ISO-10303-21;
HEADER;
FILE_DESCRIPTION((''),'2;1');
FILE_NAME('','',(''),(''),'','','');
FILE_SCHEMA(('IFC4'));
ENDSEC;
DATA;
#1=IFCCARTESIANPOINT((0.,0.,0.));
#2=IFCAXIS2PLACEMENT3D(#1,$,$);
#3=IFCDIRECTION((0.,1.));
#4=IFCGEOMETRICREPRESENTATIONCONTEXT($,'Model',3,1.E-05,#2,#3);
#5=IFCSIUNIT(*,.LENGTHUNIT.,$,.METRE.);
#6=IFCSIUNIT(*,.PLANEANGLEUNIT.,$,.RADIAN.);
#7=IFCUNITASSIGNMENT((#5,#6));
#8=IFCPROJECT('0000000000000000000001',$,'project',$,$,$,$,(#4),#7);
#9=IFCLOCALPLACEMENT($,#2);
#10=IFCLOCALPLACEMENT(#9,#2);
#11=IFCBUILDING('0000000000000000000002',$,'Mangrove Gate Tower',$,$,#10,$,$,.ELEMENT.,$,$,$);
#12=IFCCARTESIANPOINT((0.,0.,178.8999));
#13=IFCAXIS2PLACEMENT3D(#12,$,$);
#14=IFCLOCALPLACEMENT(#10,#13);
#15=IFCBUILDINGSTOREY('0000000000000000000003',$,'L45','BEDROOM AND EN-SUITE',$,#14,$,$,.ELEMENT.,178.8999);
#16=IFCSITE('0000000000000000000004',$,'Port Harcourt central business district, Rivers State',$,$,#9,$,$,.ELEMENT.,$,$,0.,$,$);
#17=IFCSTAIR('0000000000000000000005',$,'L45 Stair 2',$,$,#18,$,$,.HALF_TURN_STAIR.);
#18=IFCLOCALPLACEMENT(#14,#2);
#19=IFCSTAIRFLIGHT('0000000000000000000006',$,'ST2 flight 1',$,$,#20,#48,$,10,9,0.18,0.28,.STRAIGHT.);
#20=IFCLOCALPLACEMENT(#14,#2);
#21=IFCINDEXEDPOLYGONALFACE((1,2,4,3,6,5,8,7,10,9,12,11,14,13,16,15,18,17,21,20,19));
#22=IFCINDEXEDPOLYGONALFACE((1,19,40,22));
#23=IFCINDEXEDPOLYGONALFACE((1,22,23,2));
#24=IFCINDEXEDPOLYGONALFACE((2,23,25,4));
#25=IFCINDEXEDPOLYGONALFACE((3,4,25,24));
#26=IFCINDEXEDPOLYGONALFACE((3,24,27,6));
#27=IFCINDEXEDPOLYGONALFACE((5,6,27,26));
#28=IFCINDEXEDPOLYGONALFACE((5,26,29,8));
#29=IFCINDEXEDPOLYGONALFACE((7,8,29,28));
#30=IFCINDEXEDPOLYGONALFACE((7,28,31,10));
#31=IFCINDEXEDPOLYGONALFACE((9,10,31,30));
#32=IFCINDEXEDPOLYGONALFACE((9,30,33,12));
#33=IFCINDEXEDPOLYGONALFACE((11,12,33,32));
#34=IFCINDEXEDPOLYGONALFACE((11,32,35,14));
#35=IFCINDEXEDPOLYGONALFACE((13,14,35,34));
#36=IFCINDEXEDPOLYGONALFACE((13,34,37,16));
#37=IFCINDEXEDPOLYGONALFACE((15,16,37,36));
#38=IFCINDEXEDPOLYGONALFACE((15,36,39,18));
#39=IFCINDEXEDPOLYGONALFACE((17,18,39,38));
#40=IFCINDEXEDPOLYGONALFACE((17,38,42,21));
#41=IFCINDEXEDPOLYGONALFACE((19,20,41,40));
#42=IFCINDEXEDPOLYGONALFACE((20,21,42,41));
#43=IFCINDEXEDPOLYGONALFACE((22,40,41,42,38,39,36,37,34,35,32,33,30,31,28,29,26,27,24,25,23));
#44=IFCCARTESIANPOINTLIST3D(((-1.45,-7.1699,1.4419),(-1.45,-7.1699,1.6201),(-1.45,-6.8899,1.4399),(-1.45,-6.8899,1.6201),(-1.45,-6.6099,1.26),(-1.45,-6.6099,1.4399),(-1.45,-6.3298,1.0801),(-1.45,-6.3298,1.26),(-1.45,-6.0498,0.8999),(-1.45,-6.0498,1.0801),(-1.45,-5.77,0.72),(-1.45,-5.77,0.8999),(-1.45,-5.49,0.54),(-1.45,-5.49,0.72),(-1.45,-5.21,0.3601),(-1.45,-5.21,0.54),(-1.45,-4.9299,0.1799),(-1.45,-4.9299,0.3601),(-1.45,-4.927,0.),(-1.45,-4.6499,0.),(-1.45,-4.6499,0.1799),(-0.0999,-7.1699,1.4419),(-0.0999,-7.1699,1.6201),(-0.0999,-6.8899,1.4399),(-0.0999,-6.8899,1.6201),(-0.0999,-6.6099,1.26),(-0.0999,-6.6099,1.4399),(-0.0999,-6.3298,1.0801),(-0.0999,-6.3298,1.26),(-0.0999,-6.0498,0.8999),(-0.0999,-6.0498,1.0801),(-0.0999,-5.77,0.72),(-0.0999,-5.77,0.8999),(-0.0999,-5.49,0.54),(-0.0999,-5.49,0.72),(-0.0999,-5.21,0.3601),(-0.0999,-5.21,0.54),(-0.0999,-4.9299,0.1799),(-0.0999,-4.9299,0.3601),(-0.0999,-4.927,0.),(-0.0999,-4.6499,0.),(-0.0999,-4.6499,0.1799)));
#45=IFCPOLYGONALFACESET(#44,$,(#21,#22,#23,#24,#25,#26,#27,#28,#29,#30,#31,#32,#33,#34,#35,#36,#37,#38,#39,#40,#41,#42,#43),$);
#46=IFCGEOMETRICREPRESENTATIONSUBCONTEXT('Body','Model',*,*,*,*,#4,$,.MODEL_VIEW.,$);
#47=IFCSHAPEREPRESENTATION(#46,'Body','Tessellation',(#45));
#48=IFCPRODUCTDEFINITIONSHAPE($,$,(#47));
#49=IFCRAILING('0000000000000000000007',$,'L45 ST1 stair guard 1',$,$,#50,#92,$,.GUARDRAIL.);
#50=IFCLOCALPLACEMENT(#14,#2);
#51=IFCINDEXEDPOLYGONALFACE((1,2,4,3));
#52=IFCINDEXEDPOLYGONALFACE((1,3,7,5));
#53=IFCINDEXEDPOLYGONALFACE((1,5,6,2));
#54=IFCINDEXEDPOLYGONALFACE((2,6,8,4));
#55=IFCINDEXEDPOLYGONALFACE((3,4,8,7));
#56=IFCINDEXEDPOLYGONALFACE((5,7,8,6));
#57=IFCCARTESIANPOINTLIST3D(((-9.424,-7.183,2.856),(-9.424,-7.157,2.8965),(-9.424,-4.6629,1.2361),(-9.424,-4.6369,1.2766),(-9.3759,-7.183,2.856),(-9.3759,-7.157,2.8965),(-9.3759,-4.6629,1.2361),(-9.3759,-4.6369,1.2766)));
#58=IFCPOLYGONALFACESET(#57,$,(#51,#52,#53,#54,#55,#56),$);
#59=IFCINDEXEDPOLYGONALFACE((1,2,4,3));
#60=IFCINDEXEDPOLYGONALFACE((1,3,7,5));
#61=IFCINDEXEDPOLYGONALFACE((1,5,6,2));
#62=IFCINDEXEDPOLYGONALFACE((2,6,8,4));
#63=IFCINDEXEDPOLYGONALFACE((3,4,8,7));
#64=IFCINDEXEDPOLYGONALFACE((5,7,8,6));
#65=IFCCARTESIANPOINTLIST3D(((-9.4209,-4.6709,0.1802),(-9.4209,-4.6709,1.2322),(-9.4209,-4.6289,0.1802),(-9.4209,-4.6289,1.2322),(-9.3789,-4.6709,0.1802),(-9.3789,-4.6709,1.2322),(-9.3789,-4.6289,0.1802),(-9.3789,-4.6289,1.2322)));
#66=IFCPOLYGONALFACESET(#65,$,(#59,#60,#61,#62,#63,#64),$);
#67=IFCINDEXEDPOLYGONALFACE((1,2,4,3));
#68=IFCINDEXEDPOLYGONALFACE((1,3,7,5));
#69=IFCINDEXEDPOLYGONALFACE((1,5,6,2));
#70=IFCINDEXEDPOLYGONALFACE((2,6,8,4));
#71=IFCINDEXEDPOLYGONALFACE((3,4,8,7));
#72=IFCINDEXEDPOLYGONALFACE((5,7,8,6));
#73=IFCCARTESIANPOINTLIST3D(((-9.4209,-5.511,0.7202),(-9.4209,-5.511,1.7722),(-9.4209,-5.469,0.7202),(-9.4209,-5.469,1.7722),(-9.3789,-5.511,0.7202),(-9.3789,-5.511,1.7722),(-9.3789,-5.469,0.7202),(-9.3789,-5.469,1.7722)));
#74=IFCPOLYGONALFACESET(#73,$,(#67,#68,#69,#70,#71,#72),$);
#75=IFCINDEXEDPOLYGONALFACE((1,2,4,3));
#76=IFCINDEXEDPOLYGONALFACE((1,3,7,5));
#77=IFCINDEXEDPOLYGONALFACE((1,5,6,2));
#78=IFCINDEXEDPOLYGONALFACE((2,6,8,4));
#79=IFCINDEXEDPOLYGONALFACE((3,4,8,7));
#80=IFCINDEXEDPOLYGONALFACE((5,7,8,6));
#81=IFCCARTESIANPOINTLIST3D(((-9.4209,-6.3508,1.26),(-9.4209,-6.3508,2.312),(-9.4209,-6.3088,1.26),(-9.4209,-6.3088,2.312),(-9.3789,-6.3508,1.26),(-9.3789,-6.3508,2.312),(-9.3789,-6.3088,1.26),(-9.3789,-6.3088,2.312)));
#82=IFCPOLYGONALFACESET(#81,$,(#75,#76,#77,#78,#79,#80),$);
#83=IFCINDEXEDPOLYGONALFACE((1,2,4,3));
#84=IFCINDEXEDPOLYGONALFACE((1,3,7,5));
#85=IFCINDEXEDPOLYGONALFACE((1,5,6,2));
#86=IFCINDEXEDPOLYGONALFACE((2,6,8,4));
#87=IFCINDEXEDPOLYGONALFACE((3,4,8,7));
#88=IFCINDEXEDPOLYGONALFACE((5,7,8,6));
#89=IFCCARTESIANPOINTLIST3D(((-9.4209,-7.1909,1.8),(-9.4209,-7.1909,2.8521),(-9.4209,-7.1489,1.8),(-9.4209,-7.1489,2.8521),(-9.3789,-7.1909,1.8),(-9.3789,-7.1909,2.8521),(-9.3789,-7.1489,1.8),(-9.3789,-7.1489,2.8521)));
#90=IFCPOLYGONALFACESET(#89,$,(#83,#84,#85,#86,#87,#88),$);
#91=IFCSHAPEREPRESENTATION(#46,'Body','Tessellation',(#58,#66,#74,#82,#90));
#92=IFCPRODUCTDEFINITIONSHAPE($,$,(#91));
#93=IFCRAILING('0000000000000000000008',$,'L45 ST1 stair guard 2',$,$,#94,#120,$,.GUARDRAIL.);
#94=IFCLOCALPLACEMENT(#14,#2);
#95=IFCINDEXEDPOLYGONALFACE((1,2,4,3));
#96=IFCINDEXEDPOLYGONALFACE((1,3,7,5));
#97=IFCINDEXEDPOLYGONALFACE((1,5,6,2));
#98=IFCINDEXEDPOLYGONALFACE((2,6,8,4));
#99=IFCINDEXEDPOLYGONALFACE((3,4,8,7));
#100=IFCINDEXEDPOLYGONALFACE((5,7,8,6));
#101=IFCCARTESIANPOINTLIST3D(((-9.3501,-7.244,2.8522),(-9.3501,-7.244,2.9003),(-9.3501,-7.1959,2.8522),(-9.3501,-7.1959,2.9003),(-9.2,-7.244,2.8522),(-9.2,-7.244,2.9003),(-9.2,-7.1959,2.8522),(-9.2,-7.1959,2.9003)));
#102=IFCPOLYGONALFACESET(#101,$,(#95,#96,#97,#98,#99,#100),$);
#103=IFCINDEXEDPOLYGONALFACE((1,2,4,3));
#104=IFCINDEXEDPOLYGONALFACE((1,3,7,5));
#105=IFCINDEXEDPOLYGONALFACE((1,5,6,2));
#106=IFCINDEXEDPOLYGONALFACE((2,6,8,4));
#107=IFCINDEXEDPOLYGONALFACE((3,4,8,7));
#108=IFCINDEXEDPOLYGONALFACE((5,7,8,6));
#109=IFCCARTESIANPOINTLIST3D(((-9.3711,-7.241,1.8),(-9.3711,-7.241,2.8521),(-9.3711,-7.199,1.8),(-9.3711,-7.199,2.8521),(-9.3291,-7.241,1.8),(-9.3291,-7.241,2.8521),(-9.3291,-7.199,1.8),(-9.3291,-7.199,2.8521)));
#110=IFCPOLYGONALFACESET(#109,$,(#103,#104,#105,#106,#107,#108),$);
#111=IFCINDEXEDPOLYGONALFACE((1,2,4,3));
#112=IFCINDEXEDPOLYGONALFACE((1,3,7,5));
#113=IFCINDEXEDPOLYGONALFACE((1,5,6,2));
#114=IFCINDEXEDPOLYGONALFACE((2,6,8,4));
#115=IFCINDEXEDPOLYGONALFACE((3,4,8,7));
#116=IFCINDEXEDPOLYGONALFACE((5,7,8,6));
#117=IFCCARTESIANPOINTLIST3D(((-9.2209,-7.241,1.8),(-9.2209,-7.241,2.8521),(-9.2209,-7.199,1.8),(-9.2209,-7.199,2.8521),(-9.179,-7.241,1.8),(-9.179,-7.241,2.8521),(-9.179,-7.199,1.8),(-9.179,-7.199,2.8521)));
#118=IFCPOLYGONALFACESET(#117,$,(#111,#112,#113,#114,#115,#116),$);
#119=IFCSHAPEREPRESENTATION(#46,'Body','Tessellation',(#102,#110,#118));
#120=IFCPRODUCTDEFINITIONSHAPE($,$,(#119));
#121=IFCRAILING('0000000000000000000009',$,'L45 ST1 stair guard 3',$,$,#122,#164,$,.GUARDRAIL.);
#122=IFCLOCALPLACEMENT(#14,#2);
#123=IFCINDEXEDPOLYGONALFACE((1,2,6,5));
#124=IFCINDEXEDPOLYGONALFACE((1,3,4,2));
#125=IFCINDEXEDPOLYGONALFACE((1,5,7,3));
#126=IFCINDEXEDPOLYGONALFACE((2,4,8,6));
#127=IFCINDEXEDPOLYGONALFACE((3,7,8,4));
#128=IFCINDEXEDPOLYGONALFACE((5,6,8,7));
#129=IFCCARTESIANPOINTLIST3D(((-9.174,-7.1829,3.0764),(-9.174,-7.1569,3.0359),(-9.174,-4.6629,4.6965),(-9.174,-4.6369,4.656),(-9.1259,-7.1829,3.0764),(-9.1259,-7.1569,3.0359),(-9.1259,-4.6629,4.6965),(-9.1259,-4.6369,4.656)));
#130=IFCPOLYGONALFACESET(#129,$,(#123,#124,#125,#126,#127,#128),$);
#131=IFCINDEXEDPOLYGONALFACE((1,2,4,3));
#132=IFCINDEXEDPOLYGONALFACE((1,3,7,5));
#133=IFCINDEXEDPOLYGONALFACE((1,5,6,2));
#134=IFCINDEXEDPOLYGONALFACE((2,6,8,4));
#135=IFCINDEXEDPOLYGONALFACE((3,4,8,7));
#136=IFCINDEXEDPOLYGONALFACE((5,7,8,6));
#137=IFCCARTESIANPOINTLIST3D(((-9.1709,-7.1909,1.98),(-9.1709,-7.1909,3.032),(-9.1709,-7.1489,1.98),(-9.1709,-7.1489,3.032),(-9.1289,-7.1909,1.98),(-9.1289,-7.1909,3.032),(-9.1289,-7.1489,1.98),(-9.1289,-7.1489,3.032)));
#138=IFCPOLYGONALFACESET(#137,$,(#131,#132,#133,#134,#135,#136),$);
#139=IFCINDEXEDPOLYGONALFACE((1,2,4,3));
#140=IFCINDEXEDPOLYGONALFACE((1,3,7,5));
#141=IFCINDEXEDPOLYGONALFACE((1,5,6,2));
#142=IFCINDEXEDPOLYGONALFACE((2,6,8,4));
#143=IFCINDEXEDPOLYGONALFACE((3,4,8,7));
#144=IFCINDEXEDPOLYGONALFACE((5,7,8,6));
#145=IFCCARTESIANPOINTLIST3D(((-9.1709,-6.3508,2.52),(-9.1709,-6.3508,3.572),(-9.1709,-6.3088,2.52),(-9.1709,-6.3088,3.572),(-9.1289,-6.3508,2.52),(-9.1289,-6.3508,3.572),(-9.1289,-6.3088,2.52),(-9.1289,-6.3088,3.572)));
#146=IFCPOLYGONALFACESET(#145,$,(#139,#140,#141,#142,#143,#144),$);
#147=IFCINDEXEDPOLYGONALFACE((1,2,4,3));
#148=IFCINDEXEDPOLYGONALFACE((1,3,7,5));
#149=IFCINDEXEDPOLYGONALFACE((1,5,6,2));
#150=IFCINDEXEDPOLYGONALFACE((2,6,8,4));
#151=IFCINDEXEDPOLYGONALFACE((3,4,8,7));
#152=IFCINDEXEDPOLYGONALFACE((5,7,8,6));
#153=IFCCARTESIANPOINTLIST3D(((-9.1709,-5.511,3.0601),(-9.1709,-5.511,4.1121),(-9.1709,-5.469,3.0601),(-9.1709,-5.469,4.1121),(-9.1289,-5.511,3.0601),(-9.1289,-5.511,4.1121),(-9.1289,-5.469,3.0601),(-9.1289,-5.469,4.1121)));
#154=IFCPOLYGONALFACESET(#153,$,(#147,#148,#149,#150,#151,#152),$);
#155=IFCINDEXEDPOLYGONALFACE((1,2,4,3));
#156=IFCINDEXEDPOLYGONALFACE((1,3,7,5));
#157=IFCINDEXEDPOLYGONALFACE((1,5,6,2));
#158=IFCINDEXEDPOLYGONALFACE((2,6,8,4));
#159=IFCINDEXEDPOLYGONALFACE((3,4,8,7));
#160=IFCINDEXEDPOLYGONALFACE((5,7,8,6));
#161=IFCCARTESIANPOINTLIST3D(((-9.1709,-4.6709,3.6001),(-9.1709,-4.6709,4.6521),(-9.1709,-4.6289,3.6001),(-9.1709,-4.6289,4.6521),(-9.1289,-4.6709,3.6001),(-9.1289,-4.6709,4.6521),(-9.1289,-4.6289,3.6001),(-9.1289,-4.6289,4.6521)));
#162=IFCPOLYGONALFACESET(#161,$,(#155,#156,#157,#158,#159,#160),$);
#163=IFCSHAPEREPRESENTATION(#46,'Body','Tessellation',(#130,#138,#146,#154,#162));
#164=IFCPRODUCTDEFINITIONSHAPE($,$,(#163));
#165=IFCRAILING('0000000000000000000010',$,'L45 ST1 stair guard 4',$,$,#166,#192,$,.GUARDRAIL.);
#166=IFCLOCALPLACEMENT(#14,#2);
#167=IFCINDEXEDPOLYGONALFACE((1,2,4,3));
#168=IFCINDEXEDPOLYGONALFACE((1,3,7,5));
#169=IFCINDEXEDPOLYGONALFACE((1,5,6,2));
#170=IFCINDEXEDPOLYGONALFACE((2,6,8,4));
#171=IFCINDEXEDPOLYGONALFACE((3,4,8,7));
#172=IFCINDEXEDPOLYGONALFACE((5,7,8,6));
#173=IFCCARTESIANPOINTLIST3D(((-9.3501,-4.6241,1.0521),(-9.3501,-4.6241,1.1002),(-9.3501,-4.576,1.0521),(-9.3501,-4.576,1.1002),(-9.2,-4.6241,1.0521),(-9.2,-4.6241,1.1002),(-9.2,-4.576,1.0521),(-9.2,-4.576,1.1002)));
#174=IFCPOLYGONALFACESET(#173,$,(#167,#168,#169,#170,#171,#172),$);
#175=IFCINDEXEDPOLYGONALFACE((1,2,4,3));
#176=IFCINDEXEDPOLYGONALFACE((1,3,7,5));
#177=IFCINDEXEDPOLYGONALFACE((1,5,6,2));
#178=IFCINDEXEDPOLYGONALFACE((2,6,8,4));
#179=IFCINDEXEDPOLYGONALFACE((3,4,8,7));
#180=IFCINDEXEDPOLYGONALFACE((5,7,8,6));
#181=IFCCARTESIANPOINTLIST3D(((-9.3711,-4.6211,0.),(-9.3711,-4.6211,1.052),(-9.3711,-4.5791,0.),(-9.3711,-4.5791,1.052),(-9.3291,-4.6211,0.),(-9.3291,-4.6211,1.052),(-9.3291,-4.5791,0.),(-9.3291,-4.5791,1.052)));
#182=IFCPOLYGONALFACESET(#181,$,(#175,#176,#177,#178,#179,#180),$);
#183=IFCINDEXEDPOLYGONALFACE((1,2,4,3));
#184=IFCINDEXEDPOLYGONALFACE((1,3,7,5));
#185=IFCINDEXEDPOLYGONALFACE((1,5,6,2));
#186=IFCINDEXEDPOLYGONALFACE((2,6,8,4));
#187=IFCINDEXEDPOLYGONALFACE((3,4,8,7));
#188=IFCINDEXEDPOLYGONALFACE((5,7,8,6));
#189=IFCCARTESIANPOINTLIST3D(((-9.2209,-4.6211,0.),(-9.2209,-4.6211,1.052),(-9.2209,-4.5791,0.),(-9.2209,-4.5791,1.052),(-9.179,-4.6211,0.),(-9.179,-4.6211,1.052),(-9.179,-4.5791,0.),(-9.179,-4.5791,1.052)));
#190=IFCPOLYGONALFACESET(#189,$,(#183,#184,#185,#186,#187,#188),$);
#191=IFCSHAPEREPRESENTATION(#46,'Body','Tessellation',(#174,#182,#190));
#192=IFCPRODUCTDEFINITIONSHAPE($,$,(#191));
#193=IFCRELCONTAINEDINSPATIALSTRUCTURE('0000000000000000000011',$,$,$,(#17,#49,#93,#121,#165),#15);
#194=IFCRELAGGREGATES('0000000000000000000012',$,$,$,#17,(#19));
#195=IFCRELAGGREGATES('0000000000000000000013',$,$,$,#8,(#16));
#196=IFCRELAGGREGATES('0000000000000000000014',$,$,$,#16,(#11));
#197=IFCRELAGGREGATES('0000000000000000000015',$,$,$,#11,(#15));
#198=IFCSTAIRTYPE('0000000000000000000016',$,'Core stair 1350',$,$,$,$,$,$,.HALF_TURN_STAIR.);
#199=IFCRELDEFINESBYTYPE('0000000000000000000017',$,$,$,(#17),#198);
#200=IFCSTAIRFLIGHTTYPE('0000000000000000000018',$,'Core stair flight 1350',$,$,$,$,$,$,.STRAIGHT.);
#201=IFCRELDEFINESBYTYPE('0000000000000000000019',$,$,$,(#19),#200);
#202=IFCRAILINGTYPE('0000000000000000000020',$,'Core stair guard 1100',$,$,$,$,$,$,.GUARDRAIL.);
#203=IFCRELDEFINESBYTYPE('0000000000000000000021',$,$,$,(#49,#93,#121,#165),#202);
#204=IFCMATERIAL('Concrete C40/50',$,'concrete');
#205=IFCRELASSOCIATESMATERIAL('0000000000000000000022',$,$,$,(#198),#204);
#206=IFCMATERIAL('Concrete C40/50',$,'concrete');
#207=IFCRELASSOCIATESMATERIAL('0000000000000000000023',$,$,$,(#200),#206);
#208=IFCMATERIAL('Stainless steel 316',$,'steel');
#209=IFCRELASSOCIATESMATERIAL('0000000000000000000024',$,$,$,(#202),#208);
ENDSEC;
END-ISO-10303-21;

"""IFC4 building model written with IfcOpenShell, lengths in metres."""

from ifc_helpers import new_model, si_unit, direction, frame, origin, origin_2d, place, context, subcontext, project, spatial, polyline, rectangle, outline, extrude, material, type_object, element, aggregate, save


model = new_model("IFC4")

# Units and contexts
model_context = context("Model", 3, precision=1e-05, world=origin(), true_north=direction((0.0, 1.0)))
body_context = subcontext(model_context, "Body", "Model", "MODEL_VIEW")
ifc_project = project(units=[si_unit("LENGTHUNIT", "METRE"), si_unit("PLANEANGLEUNIT", "RADIAN")], contexts=[model_context])

# Site, building, storey
site_placement = place(None, origin())
site = spatial("IfcSite", under=ifc_project, at=site_placement, Name="Port Harcourt central business district, Rivers State", CompositionType="ELEMENT", RefElevation=0.0)
building_placement = place(site_placement, origin())
building = spatial("IfcBuilding", under=site, at=building_placement, Name="Mangrove Gate Tower", CompositionType="ELEMENT")
storey_placement = place(building_placement, frame((0.0, 0.0, 178.8999)))
storey = spatial("IfcBuildingStorey", under=building, at=storey_placement, Name="L45", Description="BEDROOM AND EN-SUITE", CompositionType="ELEMENT", Elevation=178.8999)

# Shared definitions
ifc_material_1 = material(Name="Concrete C40/50", Category="concrete")
stair_type = type_object("IfcStairType", Name="Core stair 1350", PredefinedType="HALF_TURN_STAIR", material=ifc_material_1)
ifc_material_2 = material(Name="Concrete C40/50", Category="concrete")
stair_flight_type = type_object("IfcStairFlightType", Name="Core stair flight 1350", PredefinedType="STRAIGHT", material=ifc_material_2)

# Stair, stair flight
stair_1_placement = place(storey_placement, origin())
stair_1 = element("IfcStair", 1, at=stair_1_placement, inside=storey, type_object=stair_type, Name="L45 Stair 2", PredefinedType="HALF_TURN_STAIR")
stair_flight_1_placement = place(storey_placement, frame((-0.7749, -4.6499, 0.0), z_axis=(0.0, 0.0, 1.0), x_axis=(0.0, -1.0, 0.0)))
stair_flight_1 = element("IfcStairFlight", 2, at=stair_flight_1_placement, type_object=stair_flight_type, Name="ST2 flight 1", NumberOfRisers=10, NumberOfTreads=9, PredefinedType="STRAIGHT", RiserHeight=0.18, TreadLength=0.28, context=body_context, shape_type="SweptSolid", body=[
    extrude(outline(polyline([(0.0, 0.0), (0.0, 0.1799), (0.28, 0.1799), (0.28, 0.3601), (0.5601, 0.3601), (0.5601, 0.54), (0.8401, 0.54), (0.8401, 0.72), (1.1201, 0.72), (1.1201, 0.8999), (1.3999, 0.8999), (1.3999, 1.0801), (1.6799, 1.0801), (1.6799, 1.26), (1.96, 1.26), (1.96, 1.4399), (2.24, 1.4399), (2.24, 1.6201), (2.52, 1.6201), (2.52, 1.8), (2.52, 1.4419), (0.2771, 0.0), (0.0, 0.0)])), frame((0.0, 0.675, 0.0), z_axis=(0.0, -1.0, 0.0), x_axis=(1.0, 0.0, 0.0)), (0.0, 0.0, 1.0), 1.3501),
])
aggregate(stair_1, [stair_flight_1])

# Railings
ifc_material_3 = material(Name="Stainless steel 316", Category="steel")
railing_type_1 = type_object("IfcRailingType", Name="Core stair guard 1100", PredefinedType="GUARDRAIL", material=ifc_material_3)
railing_1_placement = place(storey_placement, frame((-9.3999, -4.6499, 0.1802)))
element("IfcRailing", 3, at=railing_1_placement, inside=storey, type_object=railing_type_1, Name="L45 ST1 stair guard 1", PredefinedType="GUARDRAIL", context=body_context, shape_type="SweptSolid", body=[
    extrude(rectangle(XDim=0.0481, YDim=0.0481, at=origin_2d()), frame((0.0, 0.0, 1.0762), z_axis=(0.0, -0.8412, 0.540725), x_axis=(1.0, 0.0, 0.0)), (0.0, 0.0, 1.0), 2.9958),
    extrude(rectangle(XDim=0.042, YDim=0.042, at=origin_2d()), origin(), (0.0, 0.0, 1.0), 1.052),
    extrude(rectangle(XDim=0.042, YDim=0.042, at=origin_2d()), frame((0.0, -0.8401, 0.54)), (0.0, 0.0, 1.0), 1.052),
    extrude(rectangle(XDim=0.042, YDim=0.042, at=origin_2d()), frame((0.0, -1.6799, 1.0798)), (0.0, 0.0, 1.0), 1.052),
    extrude(rectangle(XDim=0.042, YDim=0.042, at=origin_2d()), frame((0.0, -2.52, 1.6199)), (0.0, 0.0, 1.0), 1.052),
])
railing_2_placement = place(storey_placement, frame((-9.3501, -7.22, 1.8)))
element("IfcRailing", 4, at=railing_2_placement, inside=storey, type_object=railing_type_1, Name="L45 ST1 stair guard 2", PredefinedType="GUARDRAIL", context=body_context, shape_type="SweptSolid", body=[
    extrude(rectangle(XDim=0.0481, YDim=0.0481, at=origin_2d()), frame((0.0, 0.0, 1.0762), z_axis=(1.0, 0.0, 0.0), x_axis=(0.0, 1.0, 0.0)), (0.0, 0.0, 1.0), 0.1501),
    extrude(rectangle(XDim=0.042, YDim=0.042, at=origin_2d()), origin(), (0.0, 0.0, 1.0), 1.052),
    extrude(rectangle(XDim=0.042, YDim=0.042, at=origin_2d()), frame((0.1501, 0.0, 0.0)), (0.0, 0.0, 1.0), 1.052),
])
railing_3_placement = place(storey_placement, frame((-9.1499, -7.1699, 1.98)))
element("IfcRailing", 5, at=railing_3_placement, inside=storey, type_object=railing_type_1, Name="L45 ST1 stair guard 3", PredefinedType="GUARDRAIL", context=body_context, shape_type="SweptSolid", body=[
    extrude(rectangle(XDim=0.0481, YDim=0.0481, at=origin_2d()), frame((0.0, 0.0, 1.0762), z_axis=(0.0, 0.841163, 0.540782), x_axis=(-1.0, 0.0, 0.0)), (0.0, 0.0, 1.0), 2.9958),
    extrude(rectangle(XDim=0.042, YDim=0.042, at=origin_2d()), origin(), (0.0, 0.0, 1.0), 1.052),
    extrude(rectangle(XDim=0.042, YDim=0.042, at=origin_2d()), frame((0.0, 0.8401, 0.54)), (0.0, 0.0, 1.0), 1.052),
    extrude(rectangle(XDim=0.042, YDim=0.042, at=origin_2d()), frame((0.0, 1.6799, 1.0801)), (0.0, 0.0, 1.0), 1.052),
    extrude(rectangle(XDim=0.042, YDim=0.042, at=origin_2d()), frame((0.0, 2.52, 1.6201)), (0.0, 0.0, 1.0), 1.052),
])
railing_4_placement = place(storey_placement, frame((-9.3501, -4.6001, 0.0)))
element("IfcRailing", 6, at=railing_4_placement, inside=storey, type_object=railing_type_1, Name="L45 ST1 stair guard 4", PredefinedType="GUARDRAIL", context=body_context, shape_type="SweptSolid", body=[
    extrude(rectangle(XDim=0.0481, YDim=0.0481, at=origin_2d()), frame((0.0, 0.0, 1.0762), z_axis=(1.0, 0.0, 0.0), x_axis=(0.0, 1.0, 0.0)), (0.0, 0.0, 1.0), 0.1501),
    extrude(rectangle(XDim=0.042, YDim=0.042, at=origin_2d()), origin(), (0.0, 0.0, 1.0), 1.052),
    extrude(rectangle(XDim=0.042, YDim=0.042, at=origin_2d()), frame((0.1501, 0.0, 0.0)), (0.0, 0.0, 1.0), 1.052),
])

save(model, "model.ifc")
